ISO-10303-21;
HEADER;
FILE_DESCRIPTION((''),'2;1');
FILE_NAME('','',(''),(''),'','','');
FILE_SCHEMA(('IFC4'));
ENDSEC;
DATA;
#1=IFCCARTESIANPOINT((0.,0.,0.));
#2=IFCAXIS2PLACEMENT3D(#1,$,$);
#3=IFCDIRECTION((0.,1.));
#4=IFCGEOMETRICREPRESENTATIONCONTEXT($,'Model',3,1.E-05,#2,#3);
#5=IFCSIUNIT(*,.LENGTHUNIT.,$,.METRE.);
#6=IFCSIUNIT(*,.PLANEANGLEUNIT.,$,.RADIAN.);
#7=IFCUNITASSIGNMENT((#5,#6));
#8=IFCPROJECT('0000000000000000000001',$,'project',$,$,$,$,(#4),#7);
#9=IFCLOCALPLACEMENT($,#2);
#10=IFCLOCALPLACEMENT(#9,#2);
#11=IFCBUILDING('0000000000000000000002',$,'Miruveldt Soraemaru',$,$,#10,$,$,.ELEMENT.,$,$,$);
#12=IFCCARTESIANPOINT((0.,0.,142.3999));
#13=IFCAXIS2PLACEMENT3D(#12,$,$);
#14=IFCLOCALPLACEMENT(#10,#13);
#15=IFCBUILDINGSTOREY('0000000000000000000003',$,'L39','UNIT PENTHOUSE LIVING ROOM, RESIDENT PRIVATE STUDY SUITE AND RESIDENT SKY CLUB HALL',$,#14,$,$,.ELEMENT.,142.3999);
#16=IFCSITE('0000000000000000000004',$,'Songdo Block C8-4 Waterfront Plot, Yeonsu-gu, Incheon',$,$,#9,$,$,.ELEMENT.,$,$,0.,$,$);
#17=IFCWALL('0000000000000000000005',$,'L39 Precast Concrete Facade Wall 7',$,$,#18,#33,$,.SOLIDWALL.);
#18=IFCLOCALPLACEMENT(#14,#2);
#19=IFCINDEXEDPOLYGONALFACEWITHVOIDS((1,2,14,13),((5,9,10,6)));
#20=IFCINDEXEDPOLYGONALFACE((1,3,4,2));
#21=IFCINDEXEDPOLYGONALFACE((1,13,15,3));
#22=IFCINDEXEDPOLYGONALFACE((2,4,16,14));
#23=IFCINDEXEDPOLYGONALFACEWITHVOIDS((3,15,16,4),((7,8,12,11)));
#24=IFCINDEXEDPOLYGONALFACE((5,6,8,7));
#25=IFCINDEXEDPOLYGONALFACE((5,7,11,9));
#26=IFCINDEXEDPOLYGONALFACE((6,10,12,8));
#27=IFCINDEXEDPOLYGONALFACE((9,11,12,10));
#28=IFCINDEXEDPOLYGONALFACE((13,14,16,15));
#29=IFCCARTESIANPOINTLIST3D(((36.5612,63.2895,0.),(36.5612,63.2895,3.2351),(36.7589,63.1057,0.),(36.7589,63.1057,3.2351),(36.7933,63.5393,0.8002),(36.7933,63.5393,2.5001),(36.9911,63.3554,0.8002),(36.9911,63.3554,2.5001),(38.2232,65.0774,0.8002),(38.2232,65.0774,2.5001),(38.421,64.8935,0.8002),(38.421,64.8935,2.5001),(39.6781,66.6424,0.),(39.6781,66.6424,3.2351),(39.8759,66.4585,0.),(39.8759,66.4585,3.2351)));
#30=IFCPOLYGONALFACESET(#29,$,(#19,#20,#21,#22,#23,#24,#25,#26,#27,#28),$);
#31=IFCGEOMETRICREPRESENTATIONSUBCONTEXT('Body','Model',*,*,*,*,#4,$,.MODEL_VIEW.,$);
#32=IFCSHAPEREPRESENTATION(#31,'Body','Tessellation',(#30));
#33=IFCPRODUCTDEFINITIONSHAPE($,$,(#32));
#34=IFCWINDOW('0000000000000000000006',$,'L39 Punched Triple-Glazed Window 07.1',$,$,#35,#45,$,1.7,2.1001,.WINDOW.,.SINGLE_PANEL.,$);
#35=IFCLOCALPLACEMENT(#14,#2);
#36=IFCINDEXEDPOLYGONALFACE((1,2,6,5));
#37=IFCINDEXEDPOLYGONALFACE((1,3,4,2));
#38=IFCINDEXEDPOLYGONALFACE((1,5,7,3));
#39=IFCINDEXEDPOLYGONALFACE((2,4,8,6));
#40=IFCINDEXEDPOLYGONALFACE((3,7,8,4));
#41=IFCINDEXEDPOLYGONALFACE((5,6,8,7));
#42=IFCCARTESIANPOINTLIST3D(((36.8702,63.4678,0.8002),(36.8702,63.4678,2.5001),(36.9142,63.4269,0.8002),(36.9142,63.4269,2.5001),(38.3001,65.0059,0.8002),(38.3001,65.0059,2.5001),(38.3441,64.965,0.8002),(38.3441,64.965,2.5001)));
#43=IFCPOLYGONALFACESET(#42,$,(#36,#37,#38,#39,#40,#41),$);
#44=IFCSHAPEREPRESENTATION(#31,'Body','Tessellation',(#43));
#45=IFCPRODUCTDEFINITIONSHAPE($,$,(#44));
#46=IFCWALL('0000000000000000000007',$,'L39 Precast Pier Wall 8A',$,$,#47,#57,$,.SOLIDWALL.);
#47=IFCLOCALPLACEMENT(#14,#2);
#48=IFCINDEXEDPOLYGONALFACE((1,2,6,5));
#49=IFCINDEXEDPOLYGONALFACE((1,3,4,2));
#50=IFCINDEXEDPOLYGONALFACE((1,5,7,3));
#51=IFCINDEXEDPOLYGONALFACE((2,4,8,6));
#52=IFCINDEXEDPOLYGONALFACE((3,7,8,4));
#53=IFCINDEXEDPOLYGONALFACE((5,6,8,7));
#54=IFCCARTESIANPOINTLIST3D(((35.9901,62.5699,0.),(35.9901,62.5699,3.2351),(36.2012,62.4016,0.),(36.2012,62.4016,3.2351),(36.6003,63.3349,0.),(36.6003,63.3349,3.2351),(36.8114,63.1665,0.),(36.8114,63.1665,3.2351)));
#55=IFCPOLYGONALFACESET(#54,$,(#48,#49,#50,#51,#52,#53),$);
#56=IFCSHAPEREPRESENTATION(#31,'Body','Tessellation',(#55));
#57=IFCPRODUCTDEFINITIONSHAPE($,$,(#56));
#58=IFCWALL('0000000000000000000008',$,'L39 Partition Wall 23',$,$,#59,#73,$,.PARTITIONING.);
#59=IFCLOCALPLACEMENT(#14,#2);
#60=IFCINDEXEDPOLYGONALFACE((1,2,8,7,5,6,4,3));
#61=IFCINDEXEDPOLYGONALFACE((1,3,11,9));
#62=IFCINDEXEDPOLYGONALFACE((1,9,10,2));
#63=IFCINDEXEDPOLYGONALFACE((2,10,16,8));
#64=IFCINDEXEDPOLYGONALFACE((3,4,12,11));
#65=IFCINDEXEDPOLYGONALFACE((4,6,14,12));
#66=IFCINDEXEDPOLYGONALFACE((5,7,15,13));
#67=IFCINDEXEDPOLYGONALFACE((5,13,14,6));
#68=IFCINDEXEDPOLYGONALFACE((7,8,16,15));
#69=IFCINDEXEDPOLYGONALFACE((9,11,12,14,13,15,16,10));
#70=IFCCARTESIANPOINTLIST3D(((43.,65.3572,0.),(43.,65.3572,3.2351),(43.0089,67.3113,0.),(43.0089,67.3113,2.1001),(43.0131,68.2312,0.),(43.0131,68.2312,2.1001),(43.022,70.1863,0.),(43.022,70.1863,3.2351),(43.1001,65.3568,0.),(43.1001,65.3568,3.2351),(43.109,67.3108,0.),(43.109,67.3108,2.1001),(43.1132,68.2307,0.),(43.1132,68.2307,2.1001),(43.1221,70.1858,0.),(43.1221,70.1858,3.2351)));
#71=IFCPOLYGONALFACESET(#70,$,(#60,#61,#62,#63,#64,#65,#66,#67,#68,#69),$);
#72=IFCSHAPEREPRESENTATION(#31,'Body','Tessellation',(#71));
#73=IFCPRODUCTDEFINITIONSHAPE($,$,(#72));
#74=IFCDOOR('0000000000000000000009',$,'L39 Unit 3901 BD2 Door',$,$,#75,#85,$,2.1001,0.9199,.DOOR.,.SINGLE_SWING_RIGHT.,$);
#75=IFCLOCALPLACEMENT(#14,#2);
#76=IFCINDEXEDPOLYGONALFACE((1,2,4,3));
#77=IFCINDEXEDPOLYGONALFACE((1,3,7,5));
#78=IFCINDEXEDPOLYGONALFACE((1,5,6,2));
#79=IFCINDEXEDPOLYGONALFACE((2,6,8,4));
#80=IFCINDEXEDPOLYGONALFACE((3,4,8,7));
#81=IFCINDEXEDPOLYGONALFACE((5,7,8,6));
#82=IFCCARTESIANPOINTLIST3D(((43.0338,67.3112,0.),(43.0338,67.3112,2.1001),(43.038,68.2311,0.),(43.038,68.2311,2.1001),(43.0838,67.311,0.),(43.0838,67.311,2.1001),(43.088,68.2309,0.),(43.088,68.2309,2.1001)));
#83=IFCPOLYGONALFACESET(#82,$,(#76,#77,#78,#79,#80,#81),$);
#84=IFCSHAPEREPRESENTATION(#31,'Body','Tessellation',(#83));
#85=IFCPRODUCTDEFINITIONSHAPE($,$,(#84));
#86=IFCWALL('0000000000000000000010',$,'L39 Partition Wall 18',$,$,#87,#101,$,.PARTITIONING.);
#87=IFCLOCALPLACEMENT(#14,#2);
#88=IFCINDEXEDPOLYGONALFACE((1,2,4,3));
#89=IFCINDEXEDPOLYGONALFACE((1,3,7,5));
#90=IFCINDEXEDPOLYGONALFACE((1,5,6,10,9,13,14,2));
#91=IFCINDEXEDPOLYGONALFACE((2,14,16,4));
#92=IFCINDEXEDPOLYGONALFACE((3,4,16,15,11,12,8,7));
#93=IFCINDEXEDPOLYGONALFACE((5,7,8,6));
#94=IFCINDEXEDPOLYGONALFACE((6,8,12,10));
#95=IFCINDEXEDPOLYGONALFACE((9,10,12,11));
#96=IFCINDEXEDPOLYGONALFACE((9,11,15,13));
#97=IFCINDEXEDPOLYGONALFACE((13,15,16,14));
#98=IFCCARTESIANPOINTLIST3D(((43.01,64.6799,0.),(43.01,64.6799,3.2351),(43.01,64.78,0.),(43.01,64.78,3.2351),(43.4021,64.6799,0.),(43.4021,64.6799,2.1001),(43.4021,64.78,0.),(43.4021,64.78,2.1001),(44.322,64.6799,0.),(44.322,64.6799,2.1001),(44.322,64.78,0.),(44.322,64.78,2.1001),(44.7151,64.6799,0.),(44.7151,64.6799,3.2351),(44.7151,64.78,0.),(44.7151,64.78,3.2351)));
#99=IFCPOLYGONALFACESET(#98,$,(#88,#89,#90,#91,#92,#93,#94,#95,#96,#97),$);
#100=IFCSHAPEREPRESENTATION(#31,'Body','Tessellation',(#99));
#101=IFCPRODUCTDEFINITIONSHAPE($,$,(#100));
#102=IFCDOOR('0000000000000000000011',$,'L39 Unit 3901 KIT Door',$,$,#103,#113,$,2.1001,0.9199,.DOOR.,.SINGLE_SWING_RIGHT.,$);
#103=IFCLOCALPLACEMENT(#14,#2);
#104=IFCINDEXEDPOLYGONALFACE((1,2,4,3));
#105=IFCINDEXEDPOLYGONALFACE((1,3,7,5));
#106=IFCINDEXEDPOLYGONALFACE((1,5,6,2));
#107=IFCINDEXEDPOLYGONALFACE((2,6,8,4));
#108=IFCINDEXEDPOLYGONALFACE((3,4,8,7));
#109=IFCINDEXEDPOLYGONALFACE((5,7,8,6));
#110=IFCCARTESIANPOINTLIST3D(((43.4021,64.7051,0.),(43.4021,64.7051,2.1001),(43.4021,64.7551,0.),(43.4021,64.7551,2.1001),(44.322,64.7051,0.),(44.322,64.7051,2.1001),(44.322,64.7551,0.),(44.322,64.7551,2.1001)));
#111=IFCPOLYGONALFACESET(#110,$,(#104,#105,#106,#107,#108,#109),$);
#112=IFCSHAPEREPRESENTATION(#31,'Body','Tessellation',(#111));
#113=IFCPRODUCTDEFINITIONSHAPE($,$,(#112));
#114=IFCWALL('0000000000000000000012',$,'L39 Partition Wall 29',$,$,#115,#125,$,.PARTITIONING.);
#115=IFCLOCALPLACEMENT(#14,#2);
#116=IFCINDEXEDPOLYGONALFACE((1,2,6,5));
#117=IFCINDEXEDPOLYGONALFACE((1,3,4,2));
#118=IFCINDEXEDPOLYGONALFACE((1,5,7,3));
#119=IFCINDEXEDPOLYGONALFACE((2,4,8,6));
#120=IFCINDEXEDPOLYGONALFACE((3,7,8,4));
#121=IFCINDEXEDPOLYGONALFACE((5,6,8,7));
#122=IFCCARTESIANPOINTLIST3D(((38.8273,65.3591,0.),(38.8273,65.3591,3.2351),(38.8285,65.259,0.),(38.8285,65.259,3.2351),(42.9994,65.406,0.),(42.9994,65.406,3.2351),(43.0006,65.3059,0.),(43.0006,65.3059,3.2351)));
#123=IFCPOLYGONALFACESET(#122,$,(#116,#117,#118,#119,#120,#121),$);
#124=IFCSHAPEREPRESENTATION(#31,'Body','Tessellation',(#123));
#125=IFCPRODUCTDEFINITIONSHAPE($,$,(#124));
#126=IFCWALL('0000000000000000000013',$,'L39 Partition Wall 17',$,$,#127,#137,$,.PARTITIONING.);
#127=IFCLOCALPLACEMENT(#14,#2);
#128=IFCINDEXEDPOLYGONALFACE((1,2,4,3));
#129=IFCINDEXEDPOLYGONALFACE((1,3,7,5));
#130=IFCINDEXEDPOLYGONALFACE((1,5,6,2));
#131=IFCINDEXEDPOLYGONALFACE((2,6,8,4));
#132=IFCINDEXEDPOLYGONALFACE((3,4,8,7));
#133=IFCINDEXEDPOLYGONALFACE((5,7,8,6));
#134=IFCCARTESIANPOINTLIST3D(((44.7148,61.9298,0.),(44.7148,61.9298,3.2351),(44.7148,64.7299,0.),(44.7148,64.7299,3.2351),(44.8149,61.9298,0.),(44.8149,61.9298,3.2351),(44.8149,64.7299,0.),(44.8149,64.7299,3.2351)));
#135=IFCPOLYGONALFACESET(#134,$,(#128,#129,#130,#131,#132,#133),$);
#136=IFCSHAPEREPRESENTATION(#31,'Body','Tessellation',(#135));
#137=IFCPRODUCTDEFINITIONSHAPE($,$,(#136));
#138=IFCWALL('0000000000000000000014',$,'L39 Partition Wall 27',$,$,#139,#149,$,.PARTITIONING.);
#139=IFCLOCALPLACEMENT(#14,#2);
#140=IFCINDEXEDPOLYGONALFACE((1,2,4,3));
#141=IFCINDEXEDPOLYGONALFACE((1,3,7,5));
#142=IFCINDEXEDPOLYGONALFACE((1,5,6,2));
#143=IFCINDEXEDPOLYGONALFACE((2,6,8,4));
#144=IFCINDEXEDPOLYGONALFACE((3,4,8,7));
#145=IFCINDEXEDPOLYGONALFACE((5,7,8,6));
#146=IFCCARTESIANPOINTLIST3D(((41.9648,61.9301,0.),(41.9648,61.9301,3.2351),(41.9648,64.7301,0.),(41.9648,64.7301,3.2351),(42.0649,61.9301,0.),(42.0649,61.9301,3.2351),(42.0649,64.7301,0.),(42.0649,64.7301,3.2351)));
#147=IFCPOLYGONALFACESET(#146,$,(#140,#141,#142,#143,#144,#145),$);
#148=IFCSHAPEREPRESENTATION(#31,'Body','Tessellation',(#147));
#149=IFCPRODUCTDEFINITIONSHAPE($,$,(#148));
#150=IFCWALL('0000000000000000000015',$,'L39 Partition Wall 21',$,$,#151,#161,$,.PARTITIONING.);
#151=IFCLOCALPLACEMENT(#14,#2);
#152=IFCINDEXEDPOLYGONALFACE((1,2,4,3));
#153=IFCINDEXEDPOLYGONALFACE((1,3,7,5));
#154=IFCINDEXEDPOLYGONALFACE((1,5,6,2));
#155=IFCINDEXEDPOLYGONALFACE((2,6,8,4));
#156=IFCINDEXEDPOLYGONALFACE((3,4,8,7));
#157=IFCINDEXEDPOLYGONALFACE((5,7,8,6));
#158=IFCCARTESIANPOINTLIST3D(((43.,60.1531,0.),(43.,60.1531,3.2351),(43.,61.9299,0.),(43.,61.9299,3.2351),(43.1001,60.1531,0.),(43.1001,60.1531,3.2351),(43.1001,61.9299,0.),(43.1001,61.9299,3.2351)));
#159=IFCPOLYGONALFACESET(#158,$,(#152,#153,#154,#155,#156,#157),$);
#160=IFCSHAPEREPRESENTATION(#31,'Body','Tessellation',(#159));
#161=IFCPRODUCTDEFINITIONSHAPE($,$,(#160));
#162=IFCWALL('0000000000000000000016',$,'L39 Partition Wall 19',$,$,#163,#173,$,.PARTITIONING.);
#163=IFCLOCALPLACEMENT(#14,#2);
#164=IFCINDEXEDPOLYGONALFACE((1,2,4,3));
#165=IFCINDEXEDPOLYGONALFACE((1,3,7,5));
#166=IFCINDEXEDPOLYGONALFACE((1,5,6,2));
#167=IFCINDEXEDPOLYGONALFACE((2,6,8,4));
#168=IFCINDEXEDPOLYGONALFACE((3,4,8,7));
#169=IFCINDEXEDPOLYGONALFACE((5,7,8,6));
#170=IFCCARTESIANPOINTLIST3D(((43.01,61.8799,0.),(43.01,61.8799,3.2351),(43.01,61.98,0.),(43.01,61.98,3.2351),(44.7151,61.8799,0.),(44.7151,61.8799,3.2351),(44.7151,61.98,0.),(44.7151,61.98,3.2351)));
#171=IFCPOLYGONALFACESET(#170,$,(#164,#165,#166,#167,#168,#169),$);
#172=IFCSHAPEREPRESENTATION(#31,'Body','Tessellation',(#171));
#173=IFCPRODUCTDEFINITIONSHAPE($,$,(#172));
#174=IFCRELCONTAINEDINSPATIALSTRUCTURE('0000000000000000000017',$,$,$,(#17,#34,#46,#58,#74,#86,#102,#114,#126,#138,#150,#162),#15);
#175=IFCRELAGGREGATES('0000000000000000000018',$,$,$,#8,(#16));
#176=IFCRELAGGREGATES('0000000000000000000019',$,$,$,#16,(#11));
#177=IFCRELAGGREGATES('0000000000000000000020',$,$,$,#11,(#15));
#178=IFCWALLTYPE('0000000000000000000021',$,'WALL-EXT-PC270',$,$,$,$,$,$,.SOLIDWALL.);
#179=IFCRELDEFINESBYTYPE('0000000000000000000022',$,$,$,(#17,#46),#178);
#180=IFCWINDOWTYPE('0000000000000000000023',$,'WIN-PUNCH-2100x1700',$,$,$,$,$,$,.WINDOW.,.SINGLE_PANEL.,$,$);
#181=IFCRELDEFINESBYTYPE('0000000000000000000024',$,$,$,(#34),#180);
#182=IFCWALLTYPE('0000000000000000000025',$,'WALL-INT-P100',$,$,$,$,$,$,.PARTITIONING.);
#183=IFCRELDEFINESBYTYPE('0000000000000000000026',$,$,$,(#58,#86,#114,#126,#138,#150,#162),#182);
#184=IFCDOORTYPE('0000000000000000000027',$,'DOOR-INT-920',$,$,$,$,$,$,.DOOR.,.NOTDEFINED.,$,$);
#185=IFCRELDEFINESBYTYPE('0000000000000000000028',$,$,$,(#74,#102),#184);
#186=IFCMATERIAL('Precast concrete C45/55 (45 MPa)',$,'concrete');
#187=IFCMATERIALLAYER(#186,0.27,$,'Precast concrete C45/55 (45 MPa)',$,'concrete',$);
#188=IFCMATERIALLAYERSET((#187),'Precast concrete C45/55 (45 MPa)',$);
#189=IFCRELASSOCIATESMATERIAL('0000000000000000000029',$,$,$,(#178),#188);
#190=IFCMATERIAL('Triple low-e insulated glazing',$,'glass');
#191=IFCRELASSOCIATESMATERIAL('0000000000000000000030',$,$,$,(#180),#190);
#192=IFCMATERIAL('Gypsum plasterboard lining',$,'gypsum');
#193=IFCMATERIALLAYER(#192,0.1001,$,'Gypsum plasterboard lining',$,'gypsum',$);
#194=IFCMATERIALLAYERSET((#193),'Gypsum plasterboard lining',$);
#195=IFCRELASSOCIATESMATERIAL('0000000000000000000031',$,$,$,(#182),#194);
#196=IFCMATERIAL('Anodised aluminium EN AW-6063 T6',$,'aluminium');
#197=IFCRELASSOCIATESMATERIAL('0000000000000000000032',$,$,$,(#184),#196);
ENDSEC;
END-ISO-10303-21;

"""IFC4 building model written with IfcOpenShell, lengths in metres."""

from ifc_helpers import new_model, si_unit, direction, frame, frame_2d, origin, place, context, subcontext, project, spatial, rectangle, extrude, material, layer, layer_set, type_object, element, fill, save


model = new_model("IFC4")

# Units and contexts
model_context = context("Model", 3, precision=1e-05, world=origin(), true_north=direction((0.0, 1.0)))
body_context = subcontext(model_context, "Body", "Model", "MODEL_VIEW")
ifc_project = project(units=[si_unit("LENGTHUNIT", "METRE"), si_unit("PLANEANGLEUNIT", "RADIAN")], contexts=[model_context])

# Site, building, storey
site_placement = place(None, origin())
site = spatial("IfcSite", under=ifc_project, at=site_placement, Name="Songdo Block C8-4 Waterfront Plot, Yeonsu-gu, Incheon", CompositionType="ELEMENT", RefElevation=0.0)
building_placement = place(site_placement, origin())
building = spatial("IfcBuilding", under=site, at=building_placement, Name="Miruveldt Soraemaru", CompositionType="ELEMENT")
storey_placement = place(building_placement, frame((0.0, 0.0, 142.3999)))
storey = spatial("IfcBuildingStorey", under=building, at=storey_placement, Name="L39", Description="UNIT PENTHOUSE LIVING ROOM, RESIDENT PRIVATE STUDY SUITE AND RESIDENT SKY CLUB HALL", CompositionType="ELEMENT", Elevation=142.3999)

# Shared definitions
ifc_material_1 = material(Name="Anodised aluminium EN AW-6063 T6", Category="aluminium")

# Shared definitions
ifc_material_2 = material(Name="Triple low-e insulated glazing", Category="glass")

# Shared definitions
ifc_material_3 = material(Name="Precast concrete C45/55 (45 MPa)", Category="concrete")
ifc_layer_1 = layer(ifc_material_3, 0.27, Name="Precast concrete C45/55 (45 MPa)", Category="concrete")
ifc_layer_set_1 = layer_set([ifc_layer_1], Name="Precast concrete C45/55 (45 MPa)")
wall_type_1 = type_object("IfcWallType", Name="WALL-EXT-PC270", PredefinedType="SOLIDWALL", material=ifc_layer_set_1)

# Wall, opening, window
window_type_1 = type_object("IfcWindowType", Name="WIN-PUNCH-2100x1700", PartitioningType="SINGLE_PANEL", PredefinedType="WINDOW", material=ifc_material_2)
wall_1_placement = place(storey_placement, frame((39.7771, 66.5505, 0.0), z_axis=(0.0, 0.0, 1.0), x_axis=(-0.680879, -0.732396, 0.0)))
wall_1 = element("IfcWall", 1, at=wall_1_placement, inside=storey, type_object=wall_type_1, Name="L39 Precast Concrete Facade Wall 7", PredefinedType="SOLIDWALL", context=body_context, shape_type="SweptSolid", body=[
    extrude(rectangle(XDim=4.5779, YDim=0.27, at=frame_2d((2.2891, 0.0))), origin(), (0.0, 0.0, 1.0), 3.2351),
])
opening_1_placement = place(wall_1_placement, frame((2.137, 0.0, 0.8)))
opening_1 = element("IfcOpeningElement", 2, at=opening_1_placement, cuts=wall_1, PredefinedType="OPENING", context=body_context, shape_type="SweptSolid", body=[
    extrude(rectangle(XDim=2.1001, YDim=1.7, at=frame_2d((1.05, 0.8501))), frame((0.0, 0.145, 0.0), z_axis=(0.0, -1.0, 0.0), x_axis=(1.0, 0.0, 0.0)), (0.0, 0.0, 1.0), 0.29),
])
window_1_placement = place(opening_1_placement, origin())
window_1 = element("IfcWindow", 3, at=window_1_placement, inside=storey, type_object=window_type_1, Name="L39 Punched Triple-Glazed Window 07.1", OverallHeight=1.7, OverallWidth=2.1001, PartitioningType="SINGLE_PANEL", PredefinedType="WINDOW", context=body_context, shape_type="SweptSolid", body=[
    extrude(rectangle(XDim=2.1001, YDim=1.7, at=frame_2d((1.05, 0.8501))), frame((0.0, 0.03, 0.0), z_axis=(0.0, -1.0, 0.0), x_axis=(1.0, 0.0, 0.0)), (0.0, 0.0, 1.0), 0.0601),
])
fill(opening_1, window_1)

# Wall
wall_2_placement = place(storey_placement, frame((36.7058, 63.2507, 0.0), z_axis=(0.0, 0.0, 1.0), x_axis=(-0.623568, -0.781769, 0.0)))
element("IfcWall", 4, at=wall_2_placement, inside=storey, type_object=wall_type_1, Name="L39 Precast Pier Wall 8A", PredefinedType="SOLIDWALL", context=body_context, shape_type="SweptSolid", body=[
    extrude(rectangle(XDim=0.9785, YDim=0.27, at=frame_2d((0.4893, 0.0))), origin(), (0.0, 0.0, 1.0), 3.2351),
])

# Walls, openings, doors
ifc_material_4 = material(Name="Gypsum plasterboard lining", Category="gypsum")
ifc_layer_2 = layer(ifc_material_4, 0.1001, Name="Gypsum plasterboard lining", Category="gypsum")
ifc_layer_set_2 = layer_set([ifc_layer_2], Name="Gypsum plasterboard lining")
wall_type_2 = type_object("IfcWallType", Name="WALL-INT-P100", PredefinedType="PARTITIONING", material=ifc_layer_set_2)
wall_3_placement = place(storey_placement, frame((43.072, 70.186, 0.0), z_axis=(0.0, 0.0, 1.0), x_axis=(-0.00455, -0.99999, 0.0)))
wall_3 = element("IfcWall", 5, at=wall_3_placement, inside=storey, type_object=wall_type_2, Name="L39 Partition Wall 23", PredefinedType="PARTITIONING", context=body_context, shape_type="SweptSolid", body=[
    extrude(rectangle(XDim=4.8291, YDim=0.1001, at=frame_2d((2.4146, 0.0))), origin(), (0.0, 0.0, 1.0), 3.2351),
])
opening_2_placement = place(wall_3_placement, frame((1.9551, 0.0, 0.0)))
opening_2 = element("IfcOpeningElement", 6, at=opening_2_placement, cuts=wall_3, PredefinedType="OPENING", context=body_context, shape_type="SweptSolid", body=[
    extrude(rectangle(XDim=0.9199, YDim=2.1001, at=frame_2d((0.46, 1.05))), frame((0.0, 0.0601, 0.0), z_axis=(0.0, -1.0, 0.0), x_axis=(1.0, 0.0, 0.0)), (0.0, 0.0, 1.0), 0.1201),
])
door_type = type_object("IfcDoorType", Name="DOOR-INT-920", OperationType="NOTDEFINED", PredefinedType="DOOR", material=ifc_material_1)
door_1_placement = place(opening_2_placement, origin())
door_1 = element("IfcDoor", 7, at=door_1_placement, inside=storey, type_object=door_type, Name="L39 Unit 3901 BD2 Door", OperationType="SINGLE_SWING_RIGHT", OverallHeight=2.1001, OverallWidth=0.9199, PredefinedType="DOOR", context=body_context, shape_type="SweptSolid", body=[
    extrude(rectangle(XDim=0.9199, YDim=2.1001, at=frame_2d((0.46, 1.05))), frame((0.0, 0.0249, 0.0), z_axis=(0.0, -1.0, 0.0), x_axis=(1.0, 0.0, 0.0)), (0.0, 0.0, 1.0), 0.05),
])
fill(opening_2, door_1)
wall_4_placement = place(storey_placement, frame((44.7151, 64.73, 0.0), z_axis=(0.0, 0.0, 1.0), x_axis=(-1.0, 0.0, 0.0)))
wall_4 = element("IfcWall", 8, at=wall_4_placement, inside=storey, type_object=wall_type_2, Name="L39 Partition Wall 18", PredefinedType="PARTITIONING", context=body_context, shape_type="SweptSolid", body=[
    extrude(rectangle(XDim=1.7051, YDim=0.1001, at=frame_2d((0.8525, 0.0))), origin(), (0.0, 0.0, 1.0), 3.2351),
])
opening_3_placement = place(wall_4_placement, frame((0.3931, 0.0, 0.0)))
opening_3 = element("IfcOpeningElement", 9, at=opening_3_placement, cuts=wall_4, PredefinedType="OPENING", context=body_context, shape_type="SweptSolid", body=[
    extrude(rectangle(XDim=0.9199, YDim=2.1001, at=frame_2d((0.46, 1.05))), frame((0.0, 0.0601, 0.0), z_axis=(0.0, -1.0, 0.0), x_axis=(1.0, 0.0, 0.0)), (0.0, 0.0, 1.0), 0.1201),
])
door_2_placement = place(opening_3_placement, origin())
door_2 = element("IfcDoor", 10, at=door_2_placement, inside=storey, type_object=door_type, Name="L39 Unit 3901 KIT Door", OperationType="SINGLE_SWING_RIGHT", OverallHeight=2.1001, OverallWidth=0.9199, PredefinedType="DOOR", context=body_context, shape_type="SweptSolid", body=[
    extrude(rectangle(XDim=0.9199, YDim=2.1001, at=frame_2d((0.46, 1.05))), frame((0.0, 0.0249, 0.0), z_axis=(0.0, -1.0, 0.0), x_axis=(1.0, 0.0, 0.0)), (0.0, 0.0, 1.0), 0.05),
])
fill(opening_3, door_2)

# Walls
wall_5_placement = place(storey_placement, frame((43.0, 65.356, 0.0), z_axis=(0.0, 0.0, 1.0), x_axis=(-0.999937, -0.011235, 0.0)))
element("IfcWall", 11, at=wall_5_placement, inside=storey, type_object=wall_type_2, Name="L39 Partition Wall 29", PredefinedType="PARTITIONING", context=body_context, shape_type="SweptSolid", body=[
    extrude(rectangle(XDim=4.1724, YDim=0.1001, at=frame_2d((2.0862, 0.0))), origin(), (0.0, 0.0, 1.0), 3.2351),
])
for number, where, z_axis, x_axis, name in (
    (12, (44.7649, 61.9299, 0.0), (0.0, 0.0, 1.0), (0.0, 1.0, 0.0), "L39 Partition Wall 17"),
    (13, (42.0149, 64.73, 0.0), (0.0, 0.0, 1.0), (0.0, -1.0, 0.0), "L39 Partition Wall 27"),
):
    element("IfcWall", number, at=place(storey_placement, frame(where, z_axis=z_axis, x_axis=x_axis)), inside=storey, type_object=wall_type_2, Name=name, PredefinedType="PARTITIONING", context=body_context, shape_type="SweptSolid", body=[
        extrude(rectangle(XDim=2.8, YDim=0.1001, at=frame_2d((1.3999, 0.0))), origin(), (0.0, 0.0, 1.0), 3.2351),
    ])
wall_6_placement = place(storey_placement, frame((43.05, 61.9299, 0.0), z_axis=(0.0, 0.0, 1.0), x_axis=(0.0, -1.0, 0.0)))
element("IfcWall", 14, at=wall_6_placement, inside=storey, type_object=wall_type_2, Name="L39 Partition Wall 21", PredefinedType="PARTITIONING", context=body_context, shape_type="SweptSolid", body=[
    extrude(rectangle(XDim=1.7769, YDim=0.1001, at=frame_2d((0.8884, 0.0))), origin(), (0.0, 0.0, 1.0), 3.2351),
])
wall_7_placement = place(storey_placement, frame((43.01, 61.9299, 0.0), z_axis=(0.0, 0.0, 1.0), x_axis=(1.0, 0.0, 0.0)))
element("IfcWall", 15, at=wall_7_placement, inside=storey, type_object=wall_type_2, Name="L39 Partition Wall 19", PredefinedType="PARTITIONING", context=body_context, shape_type="SweptSolid", body=[
    extrude(rectangle(XDim=1.7051, YDim=0.1001, at=frame_2d((0.8525, 0.0))), origin(), (0.0, 0.0, 1.0), 3.2351),
])

save(model, "model.ifc")
